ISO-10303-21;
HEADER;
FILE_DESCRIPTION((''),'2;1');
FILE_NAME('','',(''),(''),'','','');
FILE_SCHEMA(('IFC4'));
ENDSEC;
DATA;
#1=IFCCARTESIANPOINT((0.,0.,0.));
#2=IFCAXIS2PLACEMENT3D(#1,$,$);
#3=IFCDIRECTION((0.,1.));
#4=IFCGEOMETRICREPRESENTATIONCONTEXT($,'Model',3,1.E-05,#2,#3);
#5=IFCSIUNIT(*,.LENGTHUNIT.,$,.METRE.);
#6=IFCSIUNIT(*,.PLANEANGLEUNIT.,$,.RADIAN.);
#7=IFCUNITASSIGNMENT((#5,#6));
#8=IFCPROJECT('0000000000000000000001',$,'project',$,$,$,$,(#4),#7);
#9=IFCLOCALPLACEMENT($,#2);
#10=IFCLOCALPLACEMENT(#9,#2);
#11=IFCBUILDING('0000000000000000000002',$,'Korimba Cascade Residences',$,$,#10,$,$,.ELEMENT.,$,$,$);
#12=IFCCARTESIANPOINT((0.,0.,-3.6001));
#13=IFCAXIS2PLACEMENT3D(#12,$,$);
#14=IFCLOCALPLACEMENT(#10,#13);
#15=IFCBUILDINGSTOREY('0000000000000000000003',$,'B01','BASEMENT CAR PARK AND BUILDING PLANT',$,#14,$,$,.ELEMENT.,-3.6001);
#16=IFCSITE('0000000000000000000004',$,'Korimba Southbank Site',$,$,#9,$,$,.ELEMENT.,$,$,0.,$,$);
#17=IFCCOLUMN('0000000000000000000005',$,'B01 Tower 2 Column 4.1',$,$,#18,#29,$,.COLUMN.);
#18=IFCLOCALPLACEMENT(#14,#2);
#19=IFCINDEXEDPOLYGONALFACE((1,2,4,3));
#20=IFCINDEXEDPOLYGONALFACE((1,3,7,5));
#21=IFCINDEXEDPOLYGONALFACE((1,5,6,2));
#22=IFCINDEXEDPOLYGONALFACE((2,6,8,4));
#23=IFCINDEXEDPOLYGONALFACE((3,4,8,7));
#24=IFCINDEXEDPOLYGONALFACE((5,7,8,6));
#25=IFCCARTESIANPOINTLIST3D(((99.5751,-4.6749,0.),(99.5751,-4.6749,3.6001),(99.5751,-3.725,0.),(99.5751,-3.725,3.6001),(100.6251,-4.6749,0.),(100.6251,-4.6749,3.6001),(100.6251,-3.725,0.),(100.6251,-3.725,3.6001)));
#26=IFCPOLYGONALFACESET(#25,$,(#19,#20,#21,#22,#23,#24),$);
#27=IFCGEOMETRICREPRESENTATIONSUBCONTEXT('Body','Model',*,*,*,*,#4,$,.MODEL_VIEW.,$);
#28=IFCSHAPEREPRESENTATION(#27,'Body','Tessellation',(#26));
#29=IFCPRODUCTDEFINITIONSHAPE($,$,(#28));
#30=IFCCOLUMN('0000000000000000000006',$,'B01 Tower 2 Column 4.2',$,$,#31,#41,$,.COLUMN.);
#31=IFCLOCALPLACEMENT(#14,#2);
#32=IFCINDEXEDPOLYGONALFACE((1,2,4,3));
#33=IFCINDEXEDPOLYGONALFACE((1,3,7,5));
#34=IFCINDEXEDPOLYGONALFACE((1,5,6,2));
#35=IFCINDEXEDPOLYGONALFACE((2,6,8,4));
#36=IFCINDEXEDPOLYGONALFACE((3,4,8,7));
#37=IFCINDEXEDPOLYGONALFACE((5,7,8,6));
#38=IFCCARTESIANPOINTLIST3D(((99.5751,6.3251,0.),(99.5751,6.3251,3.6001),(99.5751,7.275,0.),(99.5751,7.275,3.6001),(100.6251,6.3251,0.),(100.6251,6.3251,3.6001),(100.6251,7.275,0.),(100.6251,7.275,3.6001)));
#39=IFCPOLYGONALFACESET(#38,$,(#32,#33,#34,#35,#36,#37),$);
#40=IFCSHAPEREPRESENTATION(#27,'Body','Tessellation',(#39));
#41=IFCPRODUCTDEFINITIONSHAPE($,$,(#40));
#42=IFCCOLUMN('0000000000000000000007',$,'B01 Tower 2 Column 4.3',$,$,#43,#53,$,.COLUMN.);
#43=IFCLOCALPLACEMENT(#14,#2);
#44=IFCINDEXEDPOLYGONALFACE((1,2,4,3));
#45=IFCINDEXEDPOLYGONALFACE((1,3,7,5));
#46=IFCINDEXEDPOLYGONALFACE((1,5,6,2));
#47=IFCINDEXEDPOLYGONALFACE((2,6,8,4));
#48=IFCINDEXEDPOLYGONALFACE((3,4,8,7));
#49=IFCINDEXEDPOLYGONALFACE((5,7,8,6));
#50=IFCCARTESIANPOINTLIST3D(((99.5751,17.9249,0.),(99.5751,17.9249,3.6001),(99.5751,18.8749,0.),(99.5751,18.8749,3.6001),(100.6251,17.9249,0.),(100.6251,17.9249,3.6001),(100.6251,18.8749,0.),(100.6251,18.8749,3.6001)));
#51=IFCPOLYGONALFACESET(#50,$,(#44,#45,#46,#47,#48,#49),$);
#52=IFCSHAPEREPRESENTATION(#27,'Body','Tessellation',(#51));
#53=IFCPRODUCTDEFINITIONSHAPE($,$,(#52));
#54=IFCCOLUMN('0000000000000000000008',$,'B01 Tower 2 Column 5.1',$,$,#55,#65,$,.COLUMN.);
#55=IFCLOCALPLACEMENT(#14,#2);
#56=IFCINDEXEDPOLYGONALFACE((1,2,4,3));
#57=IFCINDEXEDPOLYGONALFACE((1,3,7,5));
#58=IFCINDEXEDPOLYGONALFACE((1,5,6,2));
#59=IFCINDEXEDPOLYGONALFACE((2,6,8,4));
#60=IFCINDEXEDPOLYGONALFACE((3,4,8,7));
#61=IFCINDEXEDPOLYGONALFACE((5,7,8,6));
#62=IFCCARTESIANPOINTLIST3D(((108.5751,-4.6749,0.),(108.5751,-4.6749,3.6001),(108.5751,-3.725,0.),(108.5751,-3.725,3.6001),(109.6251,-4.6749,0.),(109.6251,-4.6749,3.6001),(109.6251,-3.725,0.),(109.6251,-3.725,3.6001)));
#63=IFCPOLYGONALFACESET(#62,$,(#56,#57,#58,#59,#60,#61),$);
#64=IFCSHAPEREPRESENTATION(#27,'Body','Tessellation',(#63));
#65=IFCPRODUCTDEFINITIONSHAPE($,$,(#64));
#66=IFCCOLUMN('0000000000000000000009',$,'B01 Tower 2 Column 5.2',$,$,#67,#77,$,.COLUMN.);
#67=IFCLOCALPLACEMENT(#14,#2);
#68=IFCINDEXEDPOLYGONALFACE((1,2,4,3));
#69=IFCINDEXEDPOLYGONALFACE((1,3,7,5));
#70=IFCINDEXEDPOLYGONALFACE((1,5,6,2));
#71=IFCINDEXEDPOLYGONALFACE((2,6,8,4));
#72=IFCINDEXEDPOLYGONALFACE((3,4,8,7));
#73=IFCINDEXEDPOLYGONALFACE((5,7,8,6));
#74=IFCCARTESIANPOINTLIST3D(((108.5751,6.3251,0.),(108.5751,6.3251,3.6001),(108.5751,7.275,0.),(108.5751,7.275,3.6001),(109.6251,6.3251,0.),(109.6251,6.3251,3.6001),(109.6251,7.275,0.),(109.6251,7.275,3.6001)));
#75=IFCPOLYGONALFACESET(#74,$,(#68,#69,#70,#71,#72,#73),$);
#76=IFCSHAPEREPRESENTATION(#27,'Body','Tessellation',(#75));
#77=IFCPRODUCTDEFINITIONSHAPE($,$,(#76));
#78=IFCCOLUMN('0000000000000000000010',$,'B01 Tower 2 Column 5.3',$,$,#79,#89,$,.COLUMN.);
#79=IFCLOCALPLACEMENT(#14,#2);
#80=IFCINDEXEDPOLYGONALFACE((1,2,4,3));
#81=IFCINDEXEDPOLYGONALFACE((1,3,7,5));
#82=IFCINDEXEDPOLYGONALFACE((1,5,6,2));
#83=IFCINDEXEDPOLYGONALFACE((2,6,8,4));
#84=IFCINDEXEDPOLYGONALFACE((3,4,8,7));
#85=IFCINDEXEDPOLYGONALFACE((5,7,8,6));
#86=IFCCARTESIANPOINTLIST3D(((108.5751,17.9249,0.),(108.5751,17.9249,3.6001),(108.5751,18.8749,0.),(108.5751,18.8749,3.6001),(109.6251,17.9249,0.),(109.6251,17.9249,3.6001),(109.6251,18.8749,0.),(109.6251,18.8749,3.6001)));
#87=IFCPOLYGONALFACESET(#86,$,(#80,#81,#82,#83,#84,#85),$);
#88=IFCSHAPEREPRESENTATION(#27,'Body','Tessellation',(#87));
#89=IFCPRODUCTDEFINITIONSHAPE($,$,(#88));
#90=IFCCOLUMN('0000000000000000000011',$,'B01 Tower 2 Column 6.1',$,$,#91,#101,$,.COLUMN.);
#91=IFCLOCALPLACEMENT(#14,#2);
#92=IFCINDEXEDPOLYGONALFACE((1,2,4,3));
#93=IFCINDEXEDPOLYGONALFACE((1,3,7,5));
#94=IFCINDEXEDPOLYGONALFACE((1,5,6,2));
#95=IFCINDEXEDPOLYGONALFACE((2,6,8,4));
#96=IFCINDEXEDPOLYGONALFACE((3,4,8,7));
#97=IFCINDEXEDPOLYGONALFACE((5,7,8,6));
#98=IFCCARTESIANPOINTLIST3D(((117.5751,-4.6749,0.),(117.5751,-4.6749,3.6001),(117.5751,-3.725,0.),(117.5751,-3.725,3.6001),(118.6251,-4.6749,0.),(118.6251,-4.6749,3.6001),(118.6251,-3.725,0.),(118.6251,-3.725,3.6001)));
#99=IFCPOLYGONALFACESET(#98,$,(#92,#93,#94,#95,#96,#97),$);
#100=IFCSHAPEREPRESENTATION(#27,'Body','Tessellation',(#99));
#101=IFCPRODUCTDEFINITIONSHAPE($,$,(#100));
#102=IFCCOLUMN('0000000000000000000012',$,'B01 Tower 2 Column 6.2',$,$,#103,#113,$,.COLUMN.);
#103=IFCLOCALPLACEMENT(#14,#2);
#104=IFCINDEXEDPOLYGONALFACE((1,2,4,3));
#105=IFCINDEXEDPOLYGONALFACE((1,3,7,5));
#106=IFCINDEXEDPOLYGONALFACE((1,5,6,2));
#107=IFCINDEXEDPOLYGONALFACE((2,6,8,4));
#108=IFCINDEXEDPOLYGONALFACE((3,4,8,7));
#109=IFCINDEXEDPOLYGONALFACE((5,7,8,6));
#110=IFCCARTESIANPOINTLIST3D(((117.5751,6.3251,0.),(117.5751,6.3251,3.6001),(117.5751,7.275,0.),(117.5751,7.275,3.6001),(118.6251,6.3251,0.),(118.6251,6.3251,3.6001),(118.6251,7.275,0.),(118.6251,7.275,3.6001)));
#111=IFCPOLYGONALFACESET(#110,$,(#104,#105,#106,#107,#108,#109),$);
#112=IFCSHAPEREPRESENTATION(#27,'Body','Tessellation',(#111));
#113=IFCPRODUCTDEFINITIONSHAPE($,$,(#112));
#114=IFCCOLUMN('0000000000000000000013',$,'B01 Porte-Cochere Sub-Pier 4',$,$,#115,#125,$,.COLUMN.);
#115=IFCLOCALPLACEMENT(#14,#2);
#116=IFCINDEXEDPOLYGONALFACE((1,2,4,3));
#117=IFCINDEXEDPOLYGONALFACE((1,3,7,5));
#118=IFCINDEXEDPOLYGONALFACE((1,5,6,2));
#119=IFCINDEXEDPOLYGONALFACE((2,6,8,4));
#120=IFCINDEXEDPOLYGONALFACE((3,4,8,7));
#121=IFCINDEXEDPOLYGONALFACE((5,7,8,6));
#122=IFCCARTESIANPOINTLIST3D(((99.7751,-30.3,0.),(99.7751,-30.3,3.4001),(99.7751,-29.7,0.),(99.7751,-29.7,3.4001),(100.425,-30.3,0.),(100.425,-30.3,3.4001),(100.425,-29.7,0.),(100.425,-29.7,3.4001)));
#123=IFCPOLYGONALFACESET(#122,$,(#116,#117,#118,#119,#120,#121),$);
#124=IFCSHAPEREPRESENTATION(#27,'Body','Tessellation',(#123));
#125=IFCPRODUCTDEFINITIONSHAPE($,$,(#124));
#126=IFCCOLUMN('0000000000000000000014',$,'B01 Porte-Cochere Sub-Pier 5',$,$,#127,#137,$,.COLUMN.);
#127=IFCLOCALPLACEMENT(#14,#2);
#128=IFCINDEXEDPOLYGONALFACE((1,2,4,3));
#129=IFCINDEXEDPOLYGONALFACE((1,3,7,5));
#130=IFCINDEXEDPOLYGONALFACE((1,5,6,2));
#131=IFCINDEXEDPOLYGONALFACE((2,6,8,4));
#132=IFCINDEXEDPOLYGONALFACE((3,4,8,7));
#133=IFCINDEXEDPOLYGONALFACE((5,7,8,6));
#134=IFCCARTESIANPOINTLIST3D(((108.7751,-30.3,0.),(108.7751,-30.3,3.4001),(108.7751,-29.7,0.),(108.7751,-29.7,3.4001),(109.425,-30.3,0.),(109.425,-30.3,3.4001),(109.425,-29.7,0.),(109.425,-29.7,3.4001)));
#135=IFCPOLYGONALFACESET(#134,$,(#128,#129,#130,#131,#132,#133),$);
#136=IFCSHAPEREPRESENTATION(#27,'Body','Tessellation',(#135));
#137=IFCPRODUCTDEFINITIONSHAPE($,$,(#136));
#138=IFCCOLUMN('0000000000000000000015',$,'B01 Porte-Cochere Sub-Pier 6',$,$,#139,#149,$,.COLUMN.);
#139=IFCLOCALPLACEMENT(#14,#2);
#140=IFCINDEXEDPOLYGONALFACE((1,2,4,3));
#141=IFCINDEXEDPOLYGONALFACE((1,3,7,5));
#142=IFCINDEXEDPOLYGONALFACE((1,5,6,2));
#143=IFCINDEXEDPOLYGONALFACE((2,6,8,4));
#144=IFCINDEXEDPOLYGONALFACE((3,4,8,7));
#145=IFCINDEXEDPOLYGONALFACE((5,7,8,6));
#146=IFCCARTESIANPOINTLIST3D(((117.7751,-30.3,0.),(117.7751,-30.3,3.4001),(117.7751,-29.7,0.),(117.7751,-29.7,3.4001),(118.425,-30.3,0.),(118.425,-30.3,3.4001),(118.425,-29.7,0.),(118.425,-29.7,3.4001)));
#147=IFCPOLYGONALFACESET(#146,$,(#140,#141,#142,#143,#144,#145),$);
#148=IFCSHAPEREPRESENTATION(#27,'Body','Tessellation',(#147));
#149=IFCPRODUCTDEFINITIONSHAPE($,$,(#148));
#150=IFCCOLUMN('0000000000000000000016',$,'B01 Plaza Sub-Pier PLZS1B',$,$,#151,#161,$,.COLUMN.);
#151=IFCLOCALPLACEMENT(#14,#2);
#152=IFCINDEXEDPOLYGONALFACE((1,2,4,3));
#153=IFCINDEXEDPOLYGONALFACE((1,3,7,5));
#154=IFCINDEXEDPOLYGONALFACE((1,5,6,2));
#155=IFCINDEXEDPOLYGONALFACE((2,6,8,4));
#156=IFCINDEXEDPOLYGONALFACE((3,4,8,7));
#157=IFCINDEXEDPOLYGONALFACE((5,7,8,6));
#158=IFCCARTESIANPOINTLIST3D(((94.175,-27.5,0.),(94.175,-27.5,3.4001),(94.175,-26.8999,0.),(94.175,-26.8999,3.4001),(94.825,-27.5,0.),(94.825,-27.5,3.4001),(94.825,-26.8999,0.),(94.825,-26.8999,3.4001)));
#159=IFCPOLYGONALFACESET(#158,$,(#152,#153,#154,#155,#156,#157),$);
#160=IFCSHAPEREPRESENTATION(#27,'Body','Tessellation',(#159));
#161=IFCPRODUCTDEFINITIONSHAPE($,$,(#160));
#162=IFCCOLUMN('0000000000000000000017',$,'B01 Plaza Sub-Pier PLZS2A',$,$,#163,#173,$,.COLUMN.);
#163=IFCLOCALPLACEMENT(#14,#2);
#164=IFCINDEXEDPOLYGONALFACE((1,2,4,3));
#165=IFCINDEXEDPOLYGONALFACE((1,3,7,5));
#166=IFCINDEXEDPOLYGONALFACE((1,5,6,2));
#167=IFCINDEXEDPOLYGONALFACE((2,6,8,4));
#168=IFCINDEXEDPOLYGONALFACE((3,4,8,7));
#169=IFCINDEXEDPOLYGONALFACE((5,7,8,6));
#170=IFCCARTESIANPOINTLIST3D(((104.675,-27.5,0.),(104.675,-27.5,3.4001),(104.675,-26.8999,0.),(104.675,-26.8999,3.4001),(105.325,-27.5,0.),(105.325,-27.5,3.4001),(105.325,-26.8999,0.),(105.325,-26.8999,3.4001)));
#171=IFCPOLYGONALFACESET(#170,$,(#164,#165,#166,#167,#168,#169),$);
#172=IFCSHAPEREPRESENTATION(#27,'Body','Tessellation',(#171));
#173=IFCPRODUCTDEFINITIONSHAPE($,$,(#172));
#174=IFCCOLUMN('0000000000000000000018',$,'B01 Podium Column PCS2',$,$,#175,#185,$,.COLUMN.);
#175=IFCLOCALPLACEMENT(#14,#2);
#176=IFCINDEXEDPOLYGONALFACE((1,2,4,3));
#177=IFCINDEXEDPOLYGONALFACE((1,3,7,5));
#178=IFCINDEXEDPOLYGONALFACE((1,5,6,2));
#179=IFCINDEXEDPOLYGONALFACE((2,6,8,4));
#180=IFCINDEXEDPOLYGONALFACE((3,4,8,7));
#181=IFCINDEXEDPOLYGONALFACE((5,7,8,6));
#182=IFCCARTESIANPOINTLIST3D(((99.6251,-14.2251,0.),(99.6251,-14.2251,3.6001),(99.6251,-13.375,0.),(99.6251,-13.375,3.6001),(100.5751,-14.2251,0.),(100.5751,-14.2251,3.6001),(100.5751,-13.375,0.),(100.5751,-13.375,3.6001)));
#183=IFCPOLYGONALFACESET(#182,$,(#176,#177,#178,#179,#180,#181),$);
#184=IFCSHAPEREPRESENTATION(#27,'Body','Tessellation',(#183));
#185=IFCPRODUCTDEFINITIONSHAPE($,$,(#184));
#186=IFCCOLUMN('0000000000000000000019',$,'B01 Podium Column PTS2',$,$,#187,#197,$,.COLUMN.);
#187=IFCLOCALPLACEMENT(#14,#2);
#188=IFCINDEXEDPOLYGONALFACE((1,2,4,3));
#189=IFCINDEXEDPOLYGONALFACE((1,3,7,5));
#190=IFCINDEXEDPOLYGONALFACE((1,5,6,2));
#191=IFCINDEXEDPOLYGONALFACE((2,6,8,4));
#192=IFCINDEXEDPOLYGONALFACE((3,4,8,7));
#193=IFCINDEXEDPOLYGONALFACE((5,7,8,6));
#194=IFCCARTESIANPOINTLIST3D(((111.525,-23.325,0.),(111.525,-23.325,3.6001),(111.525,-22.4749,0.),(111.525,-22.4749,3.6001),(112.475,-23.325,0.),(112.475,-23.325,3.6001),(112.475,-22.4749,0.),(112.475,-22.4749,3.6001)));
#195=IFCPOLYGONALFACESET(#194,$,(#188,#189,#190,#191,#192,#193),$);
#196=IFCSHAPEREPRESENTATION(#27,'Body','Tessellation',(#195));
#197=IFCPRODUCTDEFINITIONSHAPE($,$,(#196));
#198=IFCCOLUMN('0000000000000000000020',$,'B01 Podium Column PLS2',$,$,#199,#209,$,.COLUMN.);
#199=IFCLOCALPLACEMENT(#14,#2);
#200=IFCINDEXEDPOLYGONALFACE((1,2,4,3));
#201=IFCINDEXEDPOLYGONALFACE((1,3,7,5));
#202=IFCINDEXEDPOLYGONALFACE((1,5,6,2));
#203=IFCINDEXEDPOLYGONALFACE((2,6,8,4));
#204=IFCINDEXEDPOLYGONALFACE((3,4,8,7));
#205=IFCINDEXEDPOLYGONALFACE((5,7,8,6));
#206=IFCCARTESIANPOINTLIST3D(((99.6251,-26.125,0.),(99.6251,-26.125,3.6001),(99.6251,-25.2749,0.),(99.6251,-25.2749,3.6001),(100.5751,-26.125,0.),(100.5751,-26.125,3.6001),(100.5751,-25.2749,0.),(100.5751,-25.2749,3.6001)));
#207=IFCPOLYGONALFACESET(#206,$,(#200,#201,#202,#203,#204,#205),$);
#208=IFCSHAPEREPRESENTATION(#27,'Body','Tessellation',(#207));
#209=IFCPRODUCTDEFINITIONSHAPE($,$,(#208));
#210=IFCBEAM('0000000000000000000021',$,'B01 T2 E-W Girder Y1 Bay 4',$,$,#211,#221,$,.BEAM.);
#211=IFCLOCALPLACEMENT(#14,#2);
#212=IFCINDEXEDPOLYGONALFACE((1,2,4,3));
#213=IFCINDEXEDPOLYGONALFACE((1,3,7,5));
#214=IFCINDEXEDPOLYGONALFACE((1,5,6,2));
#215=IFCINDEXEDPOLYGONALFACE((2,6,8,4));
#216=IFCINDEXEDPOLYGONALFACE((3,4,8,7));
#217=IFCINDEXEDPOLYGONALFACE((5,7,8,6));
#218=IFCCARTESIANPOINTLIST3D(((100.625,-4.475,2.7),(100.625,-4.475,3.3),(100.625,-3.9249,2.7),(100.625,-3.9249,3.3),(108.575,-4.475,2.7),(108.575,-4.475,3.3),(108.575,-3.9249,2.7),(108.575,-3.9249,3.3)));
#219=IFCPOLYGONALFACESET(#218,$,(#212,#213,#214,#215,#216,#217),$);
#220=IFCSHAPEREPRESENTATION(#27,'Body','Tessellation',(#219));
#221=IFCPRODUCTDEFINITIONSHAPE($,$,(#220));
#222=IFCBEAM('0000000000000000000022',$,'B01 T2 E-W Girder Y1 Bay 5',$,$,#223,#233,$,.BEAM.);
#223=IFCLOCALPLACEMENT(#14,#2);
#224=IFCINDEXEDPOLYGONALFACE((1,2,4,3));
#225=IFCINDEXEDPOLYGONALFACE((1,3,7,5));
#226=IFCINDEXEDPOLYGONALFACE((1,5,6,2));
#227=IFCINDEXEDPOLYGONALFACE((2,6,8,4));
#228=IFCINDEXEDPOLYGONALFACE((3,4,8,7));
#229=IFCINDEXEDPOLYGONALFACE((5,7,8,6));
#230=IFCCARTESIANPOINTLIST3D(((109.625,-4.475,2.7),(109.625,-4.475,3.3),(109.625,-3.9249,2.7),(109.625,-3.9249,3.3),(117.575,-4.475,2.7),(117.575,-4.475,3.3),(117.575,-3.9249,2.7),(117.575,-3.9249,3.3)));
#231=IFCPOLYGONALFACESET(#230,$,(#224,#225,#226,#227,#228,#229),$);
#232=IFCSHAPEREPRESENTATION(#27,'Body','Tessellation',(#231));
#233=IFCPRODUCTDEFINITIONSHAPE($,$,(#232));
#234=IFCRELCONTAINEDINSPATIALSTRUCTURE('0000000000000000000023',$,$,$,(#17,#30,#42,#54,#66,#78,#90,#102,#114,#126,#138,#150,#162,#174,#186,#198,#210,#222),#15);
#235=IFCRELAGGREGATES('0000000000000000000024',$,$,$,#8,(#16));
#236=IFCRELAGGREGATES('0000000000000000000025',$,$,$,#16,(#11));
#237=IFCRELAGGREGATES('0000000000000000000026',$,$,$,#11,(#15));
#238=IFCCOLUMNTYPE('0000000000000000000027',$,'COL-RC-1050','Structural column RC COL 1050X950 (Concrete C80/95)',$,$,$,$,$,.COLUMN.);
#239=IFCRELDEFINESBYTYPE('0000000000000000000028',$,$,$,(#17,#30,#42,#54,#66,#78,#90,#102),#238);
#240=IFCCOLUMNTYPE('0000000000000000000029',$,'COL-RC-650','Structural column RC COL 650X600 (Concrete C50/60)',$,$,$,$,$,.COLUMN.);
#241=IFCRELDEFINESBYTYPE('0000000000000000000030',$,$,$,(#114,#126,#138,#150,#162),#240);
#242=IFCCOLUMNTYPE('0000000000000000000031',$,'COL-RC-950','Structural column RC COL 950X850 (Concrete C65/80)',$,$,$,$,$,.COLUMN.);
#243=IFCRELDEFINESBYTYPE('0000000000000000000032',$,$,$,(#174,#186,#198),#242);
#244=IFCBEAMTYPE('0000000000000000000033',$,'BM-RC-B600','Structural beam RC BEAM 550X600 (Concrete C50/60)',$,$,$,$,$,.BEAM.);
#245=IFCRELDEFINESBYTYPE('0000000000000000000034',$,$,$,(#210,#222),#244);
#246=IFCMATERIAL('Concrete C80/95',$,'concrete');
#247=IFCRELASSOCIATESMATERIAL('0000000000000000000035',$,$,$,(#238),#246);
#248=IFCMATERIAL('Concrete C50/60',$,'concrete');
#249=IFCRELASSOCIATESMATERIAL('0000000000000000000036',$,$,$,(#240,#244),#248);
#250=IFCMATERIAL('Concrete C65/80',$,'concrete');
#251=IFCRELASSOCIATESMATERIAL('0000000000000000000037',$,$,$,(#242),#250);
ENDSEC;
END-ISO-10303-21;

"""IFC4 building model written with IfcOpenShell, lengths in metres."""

from ifc_helpers import new_model, si_unit, direction, frame, origin, origin_2d, place, context, subcontext, project, spatial, rectangle, extrude, material, material_profile, profile_set, type_object, element, save


model = new_model("IFC4")

# Units and contexts
model_context = context("Model", 3, precision=1e-05, world=origin(), true_north=direction((0.0, 1.0)))
body_context = subcontext(model_context, "Body", "Model", "MODEL_VIEW")
ifc_project = project(units=[si_unit("LENGTHUNIT", "METRE"), si_unit("PLANEANGLEUNIT", "RADIAN")], contexts=[model_context])

# Site, building, storey
site_placement = place(None, origin())
site = spatial("IfcSite", under=ifc_project, at=site_placement, Name="Korimba Southbank Site", CompositionType="ELEMENT", RefElevation=0.0)
building_placement = place(site_placement, origin())
building = spatial("IfcBuilding", under=site, at=building_placement, Name="Korimba Cascade Residences", CompositionType="ELEMENT")
storey_placement = place(building_placement, frame((0.0, 0.0, -3.6001)))
storey = spatial("IfcBuildingStorey", under=building, at=storey_placement, Name="B01", Description="BASEMENT CAR PARK AND BUILDING PLANT", CompositionType="ELEMENT", Elevation=-3.6001)

# Columns
ifc_material_1 = material(Name="Concrete C80/95", Category="concrete")
ifc_material_profile_1 = material_profile(ifc_material_1, rectangle(XDim=1.05, YDim=0.95, at=origin_2d()), Name="Concrete C80/95")
ifc_profile_set_1 = profile_set([ifc_material_profile_1], Name="Concrete C80/95")
column_type_1 = type_object("IfcColumnType", Name="COL-RC-1050", Description="Structural column RC COL 1050X950 (Concrete C80/95)", PredefinedType="COLUMN", material=ifc_profile_set_1)
for number, where, z_axis, x_axis, name in (
    (1, (100.1001, -4.2, 0.0), (0.0, 0.0, 1.0), (1.0, 0.0, 0.0), "B01 Tower 2 Column 4.1"),
    (2, (100.1001, 6.8, 0.0), (0.0, 0.0, 1.0), (1.0, 0.0, 0.0), "B01 Tower 2 Column 4.2"),
    (3, (100.1001, 18.3999, 0.0), (0.0, 0.0, 1.0), (1.0, 0.0, 0.0), "B01 Tower 2 Column 4.3"),
    (4, (109.1001, -4.2, 0.0), (0.0, 0.0, 1.0), (1.0, 0.0, 0.0), "B01 Tower 2 Column 5.1"),
    (5, (109.1001, 6.8, 0.0), (0.0, 0.0, 1.0), (1.0, 0.0, 0.0), "B01 Tower 2 Column 5.2"),
    (6, (109.1001, 18.3999, 0.0), (0.0, 0.0, 1.0), (1.0, 0.0, 0.0), "B01 Tower 2 Column 5.3"),
    (7, (118.1001, -4.2, 0.0), (0.0, 0.0, 1.0), (1.0, 0.0, 0.0), "B01 Tower 2 Column 6.1"),
    (8, (118.1001, 6.8, 0.0), (0.0, 0.0, 1.0), (1.0, 0.0, 0.0), "B01 Tower 2 Column 6.2"),
):
    element("IfcColumn", number, at=place(storey_placement, frame(where, z_axis=z_axis, x_axis=x_axis)), inside=storey, type_object=column_type_1, Name=name, PredefinedType="COLUMN", context=body_context, shape_type="SweptSolid", body=[
        extrude(rectangle(XDim=1.05, YDim=0.95, at=origin_2d()), origin(), (0.0, 0.0, 1.0), 3.6001),
    ])
ifc_material_2 = material(Name="Concrete C50/60", Category="concrete")
ifc_material_profile_2 = material_profile(ifc_material_2, rectangle(XDim=0.6499, YDim=0.6001, at=origin_2d()), Name="Concrete C50/60")
ifc_profile_set_2 = profile_set([ifc_material_profile_2], Name="Concrete C50/60")
column_type_2 = type_object("IfcColumnType", Name="COL-RC-650", Description="Structural column RC COL 650X600 (Concrete C50/60)", PredefinedType="COLUMN", material=ifc_profile_set_2)
for number, where, z_axis, x_axis, name in (
    (9, (100.1001, -30.0, 0.0), (0.0, 0.0, 1.0), (1.0, 0.0, 0.0), "B01 Porte-Cochere Sub-Pier 4"),
    (10, (109.1001, -30.0, 0.0), (0.0, 0.0, 1.0), (1.0, 0.0, 0.0), "B01 Porte-Cochere Sub-Pier 5"),
    (11, (118.1001, -30.0, 0.0), (0.0, 0.0, 1.0), (1.0, 0.0, 0.0), "B01 Porte-Cochere Sub-Pier 6"),
    (12, (94.5, -27.2, 0.0), (0.0, 0.0, 1.0), (1.0, 0.0, 0.0), "B01 Plaza Sub-Pier PLZS1B"),
    (13, (105.0, -27.2, 0.0), (0.0, 0.0, 1.0), (1.0, 0.0, 0.0), "B01 Plaza Sub-Pier PLZS2A"),
):
    element("IfcColumn", number, at=place(storey_placement, frame(where, z_axis=z_axis, x_axis=x_axis)), inside=storey, type_object=column_type_2, Name=name, PredefinedType="COLUMN", context=body_context, shape_type="SweptSolid", body=[
        extrude(rectangle(XDim=0.6499, YDim=0.6001, at=origin_2d()), origin(), (0.0, 0.0, 1.0), 3.4001),
    ])
ifc_material_3 = material(Name="Concrete C65/80", Category="concrete")
ifc_material_profile_3 = material_profile(ifc_material_3, rectangle(XDim=0.95, YDim=0.8501, at=origin_2d()), Name="Concrete C65/80")
ifc_profile_set_3 = profile_set([ifc_material_profile_3], Name="Concrete C65/80")
column_type_3 = type_object("IfcColumnType", Name="COL-RC-950", Description="Structural column RC COL 950X850 (Concrete C65/80)", PredefinedType="COLUMN", material=ifc_profile_set_3)
for number, where, z_axis, x_axis, name in (
    (14, (100.1001, -13.8, 0.0), (0.0, 0.0, 1.0), (1.0, 0.0, 0.0), "B01 Podium Column PCS2"),
    (15, (112.0, -22.8999, 0.0), (0.0, 0.0, 1.0), (1.0, 0.0, 0.0), "B01 Podium Column PTS2"),
    (16, (100.1001, -25.7, 0.0), (0.0, 0.0, 1.0), (1.0, 0.0, 0.0), "B01 Podium Column PLS2"),
):
    element("IfcColumn", number, at=place(storey_placement, frame(where, z_axis=z_axis, x_axis=x_axis)), inside=storey, type_object=column_type_3, Name=name, PredefinedType="COLUMN", context=body_context, shape_type="SweptSolid", body=[
        extrude(rectangle(XDim=0.95, YDim=0.8501, at=origin_2d()), origin(), (0.0, 0.0, 1.0), 3.6001),
    ])

# Beams
ifc_material_profile_4 = material_profile(ifc_material_2, rectangle(XDim=0.55, YDim=0.6001, at=origin_2d()), Name="Concrete C50/60")
ifc_profile_set_4 = profile_set([ifc_material_profile_4], Name="Concrete C50/60")
beam_type_1 = type_object("IfcBeamType", Name="BM-RC-B600", Description="Structural beam RC BEAM 550X600 (Concrete C50/60)", PredefinedType="BEAM", material=ifc_profile_set_4)
for number, where, z_axis, x_axis, name in (
    (17, (100.625, -4.2, 3.0), (1.0, 0.0, 0.0), (0.0, 1.0, 0.0), "B01 T2 E-W Girder Y1 Bay 4"),
    (18, (109.625, -4.2, 3.0), (1.0, 0.0, 0.0), (0.0, 1.0, 0.0), "B01 T2 E-W Girder Y1 Bay 5"),
):
    element("IfcBeam", number, at=place(storey_placement, frame(where, z_axis=z_axis, x_axis=x_axis)), inside=storey, type_object=beam_type_1, Name=name, PredefinedType="BEAM", context=body_context, shape_type="SweptSolid", body=[
        extrude(rectangle(XDim=0.55, YDim=0.6001, at=origin_2d()), origin(), (0.0, 0.0, 1.0), 7.95),
    ])

save(model, "model.ifc")
